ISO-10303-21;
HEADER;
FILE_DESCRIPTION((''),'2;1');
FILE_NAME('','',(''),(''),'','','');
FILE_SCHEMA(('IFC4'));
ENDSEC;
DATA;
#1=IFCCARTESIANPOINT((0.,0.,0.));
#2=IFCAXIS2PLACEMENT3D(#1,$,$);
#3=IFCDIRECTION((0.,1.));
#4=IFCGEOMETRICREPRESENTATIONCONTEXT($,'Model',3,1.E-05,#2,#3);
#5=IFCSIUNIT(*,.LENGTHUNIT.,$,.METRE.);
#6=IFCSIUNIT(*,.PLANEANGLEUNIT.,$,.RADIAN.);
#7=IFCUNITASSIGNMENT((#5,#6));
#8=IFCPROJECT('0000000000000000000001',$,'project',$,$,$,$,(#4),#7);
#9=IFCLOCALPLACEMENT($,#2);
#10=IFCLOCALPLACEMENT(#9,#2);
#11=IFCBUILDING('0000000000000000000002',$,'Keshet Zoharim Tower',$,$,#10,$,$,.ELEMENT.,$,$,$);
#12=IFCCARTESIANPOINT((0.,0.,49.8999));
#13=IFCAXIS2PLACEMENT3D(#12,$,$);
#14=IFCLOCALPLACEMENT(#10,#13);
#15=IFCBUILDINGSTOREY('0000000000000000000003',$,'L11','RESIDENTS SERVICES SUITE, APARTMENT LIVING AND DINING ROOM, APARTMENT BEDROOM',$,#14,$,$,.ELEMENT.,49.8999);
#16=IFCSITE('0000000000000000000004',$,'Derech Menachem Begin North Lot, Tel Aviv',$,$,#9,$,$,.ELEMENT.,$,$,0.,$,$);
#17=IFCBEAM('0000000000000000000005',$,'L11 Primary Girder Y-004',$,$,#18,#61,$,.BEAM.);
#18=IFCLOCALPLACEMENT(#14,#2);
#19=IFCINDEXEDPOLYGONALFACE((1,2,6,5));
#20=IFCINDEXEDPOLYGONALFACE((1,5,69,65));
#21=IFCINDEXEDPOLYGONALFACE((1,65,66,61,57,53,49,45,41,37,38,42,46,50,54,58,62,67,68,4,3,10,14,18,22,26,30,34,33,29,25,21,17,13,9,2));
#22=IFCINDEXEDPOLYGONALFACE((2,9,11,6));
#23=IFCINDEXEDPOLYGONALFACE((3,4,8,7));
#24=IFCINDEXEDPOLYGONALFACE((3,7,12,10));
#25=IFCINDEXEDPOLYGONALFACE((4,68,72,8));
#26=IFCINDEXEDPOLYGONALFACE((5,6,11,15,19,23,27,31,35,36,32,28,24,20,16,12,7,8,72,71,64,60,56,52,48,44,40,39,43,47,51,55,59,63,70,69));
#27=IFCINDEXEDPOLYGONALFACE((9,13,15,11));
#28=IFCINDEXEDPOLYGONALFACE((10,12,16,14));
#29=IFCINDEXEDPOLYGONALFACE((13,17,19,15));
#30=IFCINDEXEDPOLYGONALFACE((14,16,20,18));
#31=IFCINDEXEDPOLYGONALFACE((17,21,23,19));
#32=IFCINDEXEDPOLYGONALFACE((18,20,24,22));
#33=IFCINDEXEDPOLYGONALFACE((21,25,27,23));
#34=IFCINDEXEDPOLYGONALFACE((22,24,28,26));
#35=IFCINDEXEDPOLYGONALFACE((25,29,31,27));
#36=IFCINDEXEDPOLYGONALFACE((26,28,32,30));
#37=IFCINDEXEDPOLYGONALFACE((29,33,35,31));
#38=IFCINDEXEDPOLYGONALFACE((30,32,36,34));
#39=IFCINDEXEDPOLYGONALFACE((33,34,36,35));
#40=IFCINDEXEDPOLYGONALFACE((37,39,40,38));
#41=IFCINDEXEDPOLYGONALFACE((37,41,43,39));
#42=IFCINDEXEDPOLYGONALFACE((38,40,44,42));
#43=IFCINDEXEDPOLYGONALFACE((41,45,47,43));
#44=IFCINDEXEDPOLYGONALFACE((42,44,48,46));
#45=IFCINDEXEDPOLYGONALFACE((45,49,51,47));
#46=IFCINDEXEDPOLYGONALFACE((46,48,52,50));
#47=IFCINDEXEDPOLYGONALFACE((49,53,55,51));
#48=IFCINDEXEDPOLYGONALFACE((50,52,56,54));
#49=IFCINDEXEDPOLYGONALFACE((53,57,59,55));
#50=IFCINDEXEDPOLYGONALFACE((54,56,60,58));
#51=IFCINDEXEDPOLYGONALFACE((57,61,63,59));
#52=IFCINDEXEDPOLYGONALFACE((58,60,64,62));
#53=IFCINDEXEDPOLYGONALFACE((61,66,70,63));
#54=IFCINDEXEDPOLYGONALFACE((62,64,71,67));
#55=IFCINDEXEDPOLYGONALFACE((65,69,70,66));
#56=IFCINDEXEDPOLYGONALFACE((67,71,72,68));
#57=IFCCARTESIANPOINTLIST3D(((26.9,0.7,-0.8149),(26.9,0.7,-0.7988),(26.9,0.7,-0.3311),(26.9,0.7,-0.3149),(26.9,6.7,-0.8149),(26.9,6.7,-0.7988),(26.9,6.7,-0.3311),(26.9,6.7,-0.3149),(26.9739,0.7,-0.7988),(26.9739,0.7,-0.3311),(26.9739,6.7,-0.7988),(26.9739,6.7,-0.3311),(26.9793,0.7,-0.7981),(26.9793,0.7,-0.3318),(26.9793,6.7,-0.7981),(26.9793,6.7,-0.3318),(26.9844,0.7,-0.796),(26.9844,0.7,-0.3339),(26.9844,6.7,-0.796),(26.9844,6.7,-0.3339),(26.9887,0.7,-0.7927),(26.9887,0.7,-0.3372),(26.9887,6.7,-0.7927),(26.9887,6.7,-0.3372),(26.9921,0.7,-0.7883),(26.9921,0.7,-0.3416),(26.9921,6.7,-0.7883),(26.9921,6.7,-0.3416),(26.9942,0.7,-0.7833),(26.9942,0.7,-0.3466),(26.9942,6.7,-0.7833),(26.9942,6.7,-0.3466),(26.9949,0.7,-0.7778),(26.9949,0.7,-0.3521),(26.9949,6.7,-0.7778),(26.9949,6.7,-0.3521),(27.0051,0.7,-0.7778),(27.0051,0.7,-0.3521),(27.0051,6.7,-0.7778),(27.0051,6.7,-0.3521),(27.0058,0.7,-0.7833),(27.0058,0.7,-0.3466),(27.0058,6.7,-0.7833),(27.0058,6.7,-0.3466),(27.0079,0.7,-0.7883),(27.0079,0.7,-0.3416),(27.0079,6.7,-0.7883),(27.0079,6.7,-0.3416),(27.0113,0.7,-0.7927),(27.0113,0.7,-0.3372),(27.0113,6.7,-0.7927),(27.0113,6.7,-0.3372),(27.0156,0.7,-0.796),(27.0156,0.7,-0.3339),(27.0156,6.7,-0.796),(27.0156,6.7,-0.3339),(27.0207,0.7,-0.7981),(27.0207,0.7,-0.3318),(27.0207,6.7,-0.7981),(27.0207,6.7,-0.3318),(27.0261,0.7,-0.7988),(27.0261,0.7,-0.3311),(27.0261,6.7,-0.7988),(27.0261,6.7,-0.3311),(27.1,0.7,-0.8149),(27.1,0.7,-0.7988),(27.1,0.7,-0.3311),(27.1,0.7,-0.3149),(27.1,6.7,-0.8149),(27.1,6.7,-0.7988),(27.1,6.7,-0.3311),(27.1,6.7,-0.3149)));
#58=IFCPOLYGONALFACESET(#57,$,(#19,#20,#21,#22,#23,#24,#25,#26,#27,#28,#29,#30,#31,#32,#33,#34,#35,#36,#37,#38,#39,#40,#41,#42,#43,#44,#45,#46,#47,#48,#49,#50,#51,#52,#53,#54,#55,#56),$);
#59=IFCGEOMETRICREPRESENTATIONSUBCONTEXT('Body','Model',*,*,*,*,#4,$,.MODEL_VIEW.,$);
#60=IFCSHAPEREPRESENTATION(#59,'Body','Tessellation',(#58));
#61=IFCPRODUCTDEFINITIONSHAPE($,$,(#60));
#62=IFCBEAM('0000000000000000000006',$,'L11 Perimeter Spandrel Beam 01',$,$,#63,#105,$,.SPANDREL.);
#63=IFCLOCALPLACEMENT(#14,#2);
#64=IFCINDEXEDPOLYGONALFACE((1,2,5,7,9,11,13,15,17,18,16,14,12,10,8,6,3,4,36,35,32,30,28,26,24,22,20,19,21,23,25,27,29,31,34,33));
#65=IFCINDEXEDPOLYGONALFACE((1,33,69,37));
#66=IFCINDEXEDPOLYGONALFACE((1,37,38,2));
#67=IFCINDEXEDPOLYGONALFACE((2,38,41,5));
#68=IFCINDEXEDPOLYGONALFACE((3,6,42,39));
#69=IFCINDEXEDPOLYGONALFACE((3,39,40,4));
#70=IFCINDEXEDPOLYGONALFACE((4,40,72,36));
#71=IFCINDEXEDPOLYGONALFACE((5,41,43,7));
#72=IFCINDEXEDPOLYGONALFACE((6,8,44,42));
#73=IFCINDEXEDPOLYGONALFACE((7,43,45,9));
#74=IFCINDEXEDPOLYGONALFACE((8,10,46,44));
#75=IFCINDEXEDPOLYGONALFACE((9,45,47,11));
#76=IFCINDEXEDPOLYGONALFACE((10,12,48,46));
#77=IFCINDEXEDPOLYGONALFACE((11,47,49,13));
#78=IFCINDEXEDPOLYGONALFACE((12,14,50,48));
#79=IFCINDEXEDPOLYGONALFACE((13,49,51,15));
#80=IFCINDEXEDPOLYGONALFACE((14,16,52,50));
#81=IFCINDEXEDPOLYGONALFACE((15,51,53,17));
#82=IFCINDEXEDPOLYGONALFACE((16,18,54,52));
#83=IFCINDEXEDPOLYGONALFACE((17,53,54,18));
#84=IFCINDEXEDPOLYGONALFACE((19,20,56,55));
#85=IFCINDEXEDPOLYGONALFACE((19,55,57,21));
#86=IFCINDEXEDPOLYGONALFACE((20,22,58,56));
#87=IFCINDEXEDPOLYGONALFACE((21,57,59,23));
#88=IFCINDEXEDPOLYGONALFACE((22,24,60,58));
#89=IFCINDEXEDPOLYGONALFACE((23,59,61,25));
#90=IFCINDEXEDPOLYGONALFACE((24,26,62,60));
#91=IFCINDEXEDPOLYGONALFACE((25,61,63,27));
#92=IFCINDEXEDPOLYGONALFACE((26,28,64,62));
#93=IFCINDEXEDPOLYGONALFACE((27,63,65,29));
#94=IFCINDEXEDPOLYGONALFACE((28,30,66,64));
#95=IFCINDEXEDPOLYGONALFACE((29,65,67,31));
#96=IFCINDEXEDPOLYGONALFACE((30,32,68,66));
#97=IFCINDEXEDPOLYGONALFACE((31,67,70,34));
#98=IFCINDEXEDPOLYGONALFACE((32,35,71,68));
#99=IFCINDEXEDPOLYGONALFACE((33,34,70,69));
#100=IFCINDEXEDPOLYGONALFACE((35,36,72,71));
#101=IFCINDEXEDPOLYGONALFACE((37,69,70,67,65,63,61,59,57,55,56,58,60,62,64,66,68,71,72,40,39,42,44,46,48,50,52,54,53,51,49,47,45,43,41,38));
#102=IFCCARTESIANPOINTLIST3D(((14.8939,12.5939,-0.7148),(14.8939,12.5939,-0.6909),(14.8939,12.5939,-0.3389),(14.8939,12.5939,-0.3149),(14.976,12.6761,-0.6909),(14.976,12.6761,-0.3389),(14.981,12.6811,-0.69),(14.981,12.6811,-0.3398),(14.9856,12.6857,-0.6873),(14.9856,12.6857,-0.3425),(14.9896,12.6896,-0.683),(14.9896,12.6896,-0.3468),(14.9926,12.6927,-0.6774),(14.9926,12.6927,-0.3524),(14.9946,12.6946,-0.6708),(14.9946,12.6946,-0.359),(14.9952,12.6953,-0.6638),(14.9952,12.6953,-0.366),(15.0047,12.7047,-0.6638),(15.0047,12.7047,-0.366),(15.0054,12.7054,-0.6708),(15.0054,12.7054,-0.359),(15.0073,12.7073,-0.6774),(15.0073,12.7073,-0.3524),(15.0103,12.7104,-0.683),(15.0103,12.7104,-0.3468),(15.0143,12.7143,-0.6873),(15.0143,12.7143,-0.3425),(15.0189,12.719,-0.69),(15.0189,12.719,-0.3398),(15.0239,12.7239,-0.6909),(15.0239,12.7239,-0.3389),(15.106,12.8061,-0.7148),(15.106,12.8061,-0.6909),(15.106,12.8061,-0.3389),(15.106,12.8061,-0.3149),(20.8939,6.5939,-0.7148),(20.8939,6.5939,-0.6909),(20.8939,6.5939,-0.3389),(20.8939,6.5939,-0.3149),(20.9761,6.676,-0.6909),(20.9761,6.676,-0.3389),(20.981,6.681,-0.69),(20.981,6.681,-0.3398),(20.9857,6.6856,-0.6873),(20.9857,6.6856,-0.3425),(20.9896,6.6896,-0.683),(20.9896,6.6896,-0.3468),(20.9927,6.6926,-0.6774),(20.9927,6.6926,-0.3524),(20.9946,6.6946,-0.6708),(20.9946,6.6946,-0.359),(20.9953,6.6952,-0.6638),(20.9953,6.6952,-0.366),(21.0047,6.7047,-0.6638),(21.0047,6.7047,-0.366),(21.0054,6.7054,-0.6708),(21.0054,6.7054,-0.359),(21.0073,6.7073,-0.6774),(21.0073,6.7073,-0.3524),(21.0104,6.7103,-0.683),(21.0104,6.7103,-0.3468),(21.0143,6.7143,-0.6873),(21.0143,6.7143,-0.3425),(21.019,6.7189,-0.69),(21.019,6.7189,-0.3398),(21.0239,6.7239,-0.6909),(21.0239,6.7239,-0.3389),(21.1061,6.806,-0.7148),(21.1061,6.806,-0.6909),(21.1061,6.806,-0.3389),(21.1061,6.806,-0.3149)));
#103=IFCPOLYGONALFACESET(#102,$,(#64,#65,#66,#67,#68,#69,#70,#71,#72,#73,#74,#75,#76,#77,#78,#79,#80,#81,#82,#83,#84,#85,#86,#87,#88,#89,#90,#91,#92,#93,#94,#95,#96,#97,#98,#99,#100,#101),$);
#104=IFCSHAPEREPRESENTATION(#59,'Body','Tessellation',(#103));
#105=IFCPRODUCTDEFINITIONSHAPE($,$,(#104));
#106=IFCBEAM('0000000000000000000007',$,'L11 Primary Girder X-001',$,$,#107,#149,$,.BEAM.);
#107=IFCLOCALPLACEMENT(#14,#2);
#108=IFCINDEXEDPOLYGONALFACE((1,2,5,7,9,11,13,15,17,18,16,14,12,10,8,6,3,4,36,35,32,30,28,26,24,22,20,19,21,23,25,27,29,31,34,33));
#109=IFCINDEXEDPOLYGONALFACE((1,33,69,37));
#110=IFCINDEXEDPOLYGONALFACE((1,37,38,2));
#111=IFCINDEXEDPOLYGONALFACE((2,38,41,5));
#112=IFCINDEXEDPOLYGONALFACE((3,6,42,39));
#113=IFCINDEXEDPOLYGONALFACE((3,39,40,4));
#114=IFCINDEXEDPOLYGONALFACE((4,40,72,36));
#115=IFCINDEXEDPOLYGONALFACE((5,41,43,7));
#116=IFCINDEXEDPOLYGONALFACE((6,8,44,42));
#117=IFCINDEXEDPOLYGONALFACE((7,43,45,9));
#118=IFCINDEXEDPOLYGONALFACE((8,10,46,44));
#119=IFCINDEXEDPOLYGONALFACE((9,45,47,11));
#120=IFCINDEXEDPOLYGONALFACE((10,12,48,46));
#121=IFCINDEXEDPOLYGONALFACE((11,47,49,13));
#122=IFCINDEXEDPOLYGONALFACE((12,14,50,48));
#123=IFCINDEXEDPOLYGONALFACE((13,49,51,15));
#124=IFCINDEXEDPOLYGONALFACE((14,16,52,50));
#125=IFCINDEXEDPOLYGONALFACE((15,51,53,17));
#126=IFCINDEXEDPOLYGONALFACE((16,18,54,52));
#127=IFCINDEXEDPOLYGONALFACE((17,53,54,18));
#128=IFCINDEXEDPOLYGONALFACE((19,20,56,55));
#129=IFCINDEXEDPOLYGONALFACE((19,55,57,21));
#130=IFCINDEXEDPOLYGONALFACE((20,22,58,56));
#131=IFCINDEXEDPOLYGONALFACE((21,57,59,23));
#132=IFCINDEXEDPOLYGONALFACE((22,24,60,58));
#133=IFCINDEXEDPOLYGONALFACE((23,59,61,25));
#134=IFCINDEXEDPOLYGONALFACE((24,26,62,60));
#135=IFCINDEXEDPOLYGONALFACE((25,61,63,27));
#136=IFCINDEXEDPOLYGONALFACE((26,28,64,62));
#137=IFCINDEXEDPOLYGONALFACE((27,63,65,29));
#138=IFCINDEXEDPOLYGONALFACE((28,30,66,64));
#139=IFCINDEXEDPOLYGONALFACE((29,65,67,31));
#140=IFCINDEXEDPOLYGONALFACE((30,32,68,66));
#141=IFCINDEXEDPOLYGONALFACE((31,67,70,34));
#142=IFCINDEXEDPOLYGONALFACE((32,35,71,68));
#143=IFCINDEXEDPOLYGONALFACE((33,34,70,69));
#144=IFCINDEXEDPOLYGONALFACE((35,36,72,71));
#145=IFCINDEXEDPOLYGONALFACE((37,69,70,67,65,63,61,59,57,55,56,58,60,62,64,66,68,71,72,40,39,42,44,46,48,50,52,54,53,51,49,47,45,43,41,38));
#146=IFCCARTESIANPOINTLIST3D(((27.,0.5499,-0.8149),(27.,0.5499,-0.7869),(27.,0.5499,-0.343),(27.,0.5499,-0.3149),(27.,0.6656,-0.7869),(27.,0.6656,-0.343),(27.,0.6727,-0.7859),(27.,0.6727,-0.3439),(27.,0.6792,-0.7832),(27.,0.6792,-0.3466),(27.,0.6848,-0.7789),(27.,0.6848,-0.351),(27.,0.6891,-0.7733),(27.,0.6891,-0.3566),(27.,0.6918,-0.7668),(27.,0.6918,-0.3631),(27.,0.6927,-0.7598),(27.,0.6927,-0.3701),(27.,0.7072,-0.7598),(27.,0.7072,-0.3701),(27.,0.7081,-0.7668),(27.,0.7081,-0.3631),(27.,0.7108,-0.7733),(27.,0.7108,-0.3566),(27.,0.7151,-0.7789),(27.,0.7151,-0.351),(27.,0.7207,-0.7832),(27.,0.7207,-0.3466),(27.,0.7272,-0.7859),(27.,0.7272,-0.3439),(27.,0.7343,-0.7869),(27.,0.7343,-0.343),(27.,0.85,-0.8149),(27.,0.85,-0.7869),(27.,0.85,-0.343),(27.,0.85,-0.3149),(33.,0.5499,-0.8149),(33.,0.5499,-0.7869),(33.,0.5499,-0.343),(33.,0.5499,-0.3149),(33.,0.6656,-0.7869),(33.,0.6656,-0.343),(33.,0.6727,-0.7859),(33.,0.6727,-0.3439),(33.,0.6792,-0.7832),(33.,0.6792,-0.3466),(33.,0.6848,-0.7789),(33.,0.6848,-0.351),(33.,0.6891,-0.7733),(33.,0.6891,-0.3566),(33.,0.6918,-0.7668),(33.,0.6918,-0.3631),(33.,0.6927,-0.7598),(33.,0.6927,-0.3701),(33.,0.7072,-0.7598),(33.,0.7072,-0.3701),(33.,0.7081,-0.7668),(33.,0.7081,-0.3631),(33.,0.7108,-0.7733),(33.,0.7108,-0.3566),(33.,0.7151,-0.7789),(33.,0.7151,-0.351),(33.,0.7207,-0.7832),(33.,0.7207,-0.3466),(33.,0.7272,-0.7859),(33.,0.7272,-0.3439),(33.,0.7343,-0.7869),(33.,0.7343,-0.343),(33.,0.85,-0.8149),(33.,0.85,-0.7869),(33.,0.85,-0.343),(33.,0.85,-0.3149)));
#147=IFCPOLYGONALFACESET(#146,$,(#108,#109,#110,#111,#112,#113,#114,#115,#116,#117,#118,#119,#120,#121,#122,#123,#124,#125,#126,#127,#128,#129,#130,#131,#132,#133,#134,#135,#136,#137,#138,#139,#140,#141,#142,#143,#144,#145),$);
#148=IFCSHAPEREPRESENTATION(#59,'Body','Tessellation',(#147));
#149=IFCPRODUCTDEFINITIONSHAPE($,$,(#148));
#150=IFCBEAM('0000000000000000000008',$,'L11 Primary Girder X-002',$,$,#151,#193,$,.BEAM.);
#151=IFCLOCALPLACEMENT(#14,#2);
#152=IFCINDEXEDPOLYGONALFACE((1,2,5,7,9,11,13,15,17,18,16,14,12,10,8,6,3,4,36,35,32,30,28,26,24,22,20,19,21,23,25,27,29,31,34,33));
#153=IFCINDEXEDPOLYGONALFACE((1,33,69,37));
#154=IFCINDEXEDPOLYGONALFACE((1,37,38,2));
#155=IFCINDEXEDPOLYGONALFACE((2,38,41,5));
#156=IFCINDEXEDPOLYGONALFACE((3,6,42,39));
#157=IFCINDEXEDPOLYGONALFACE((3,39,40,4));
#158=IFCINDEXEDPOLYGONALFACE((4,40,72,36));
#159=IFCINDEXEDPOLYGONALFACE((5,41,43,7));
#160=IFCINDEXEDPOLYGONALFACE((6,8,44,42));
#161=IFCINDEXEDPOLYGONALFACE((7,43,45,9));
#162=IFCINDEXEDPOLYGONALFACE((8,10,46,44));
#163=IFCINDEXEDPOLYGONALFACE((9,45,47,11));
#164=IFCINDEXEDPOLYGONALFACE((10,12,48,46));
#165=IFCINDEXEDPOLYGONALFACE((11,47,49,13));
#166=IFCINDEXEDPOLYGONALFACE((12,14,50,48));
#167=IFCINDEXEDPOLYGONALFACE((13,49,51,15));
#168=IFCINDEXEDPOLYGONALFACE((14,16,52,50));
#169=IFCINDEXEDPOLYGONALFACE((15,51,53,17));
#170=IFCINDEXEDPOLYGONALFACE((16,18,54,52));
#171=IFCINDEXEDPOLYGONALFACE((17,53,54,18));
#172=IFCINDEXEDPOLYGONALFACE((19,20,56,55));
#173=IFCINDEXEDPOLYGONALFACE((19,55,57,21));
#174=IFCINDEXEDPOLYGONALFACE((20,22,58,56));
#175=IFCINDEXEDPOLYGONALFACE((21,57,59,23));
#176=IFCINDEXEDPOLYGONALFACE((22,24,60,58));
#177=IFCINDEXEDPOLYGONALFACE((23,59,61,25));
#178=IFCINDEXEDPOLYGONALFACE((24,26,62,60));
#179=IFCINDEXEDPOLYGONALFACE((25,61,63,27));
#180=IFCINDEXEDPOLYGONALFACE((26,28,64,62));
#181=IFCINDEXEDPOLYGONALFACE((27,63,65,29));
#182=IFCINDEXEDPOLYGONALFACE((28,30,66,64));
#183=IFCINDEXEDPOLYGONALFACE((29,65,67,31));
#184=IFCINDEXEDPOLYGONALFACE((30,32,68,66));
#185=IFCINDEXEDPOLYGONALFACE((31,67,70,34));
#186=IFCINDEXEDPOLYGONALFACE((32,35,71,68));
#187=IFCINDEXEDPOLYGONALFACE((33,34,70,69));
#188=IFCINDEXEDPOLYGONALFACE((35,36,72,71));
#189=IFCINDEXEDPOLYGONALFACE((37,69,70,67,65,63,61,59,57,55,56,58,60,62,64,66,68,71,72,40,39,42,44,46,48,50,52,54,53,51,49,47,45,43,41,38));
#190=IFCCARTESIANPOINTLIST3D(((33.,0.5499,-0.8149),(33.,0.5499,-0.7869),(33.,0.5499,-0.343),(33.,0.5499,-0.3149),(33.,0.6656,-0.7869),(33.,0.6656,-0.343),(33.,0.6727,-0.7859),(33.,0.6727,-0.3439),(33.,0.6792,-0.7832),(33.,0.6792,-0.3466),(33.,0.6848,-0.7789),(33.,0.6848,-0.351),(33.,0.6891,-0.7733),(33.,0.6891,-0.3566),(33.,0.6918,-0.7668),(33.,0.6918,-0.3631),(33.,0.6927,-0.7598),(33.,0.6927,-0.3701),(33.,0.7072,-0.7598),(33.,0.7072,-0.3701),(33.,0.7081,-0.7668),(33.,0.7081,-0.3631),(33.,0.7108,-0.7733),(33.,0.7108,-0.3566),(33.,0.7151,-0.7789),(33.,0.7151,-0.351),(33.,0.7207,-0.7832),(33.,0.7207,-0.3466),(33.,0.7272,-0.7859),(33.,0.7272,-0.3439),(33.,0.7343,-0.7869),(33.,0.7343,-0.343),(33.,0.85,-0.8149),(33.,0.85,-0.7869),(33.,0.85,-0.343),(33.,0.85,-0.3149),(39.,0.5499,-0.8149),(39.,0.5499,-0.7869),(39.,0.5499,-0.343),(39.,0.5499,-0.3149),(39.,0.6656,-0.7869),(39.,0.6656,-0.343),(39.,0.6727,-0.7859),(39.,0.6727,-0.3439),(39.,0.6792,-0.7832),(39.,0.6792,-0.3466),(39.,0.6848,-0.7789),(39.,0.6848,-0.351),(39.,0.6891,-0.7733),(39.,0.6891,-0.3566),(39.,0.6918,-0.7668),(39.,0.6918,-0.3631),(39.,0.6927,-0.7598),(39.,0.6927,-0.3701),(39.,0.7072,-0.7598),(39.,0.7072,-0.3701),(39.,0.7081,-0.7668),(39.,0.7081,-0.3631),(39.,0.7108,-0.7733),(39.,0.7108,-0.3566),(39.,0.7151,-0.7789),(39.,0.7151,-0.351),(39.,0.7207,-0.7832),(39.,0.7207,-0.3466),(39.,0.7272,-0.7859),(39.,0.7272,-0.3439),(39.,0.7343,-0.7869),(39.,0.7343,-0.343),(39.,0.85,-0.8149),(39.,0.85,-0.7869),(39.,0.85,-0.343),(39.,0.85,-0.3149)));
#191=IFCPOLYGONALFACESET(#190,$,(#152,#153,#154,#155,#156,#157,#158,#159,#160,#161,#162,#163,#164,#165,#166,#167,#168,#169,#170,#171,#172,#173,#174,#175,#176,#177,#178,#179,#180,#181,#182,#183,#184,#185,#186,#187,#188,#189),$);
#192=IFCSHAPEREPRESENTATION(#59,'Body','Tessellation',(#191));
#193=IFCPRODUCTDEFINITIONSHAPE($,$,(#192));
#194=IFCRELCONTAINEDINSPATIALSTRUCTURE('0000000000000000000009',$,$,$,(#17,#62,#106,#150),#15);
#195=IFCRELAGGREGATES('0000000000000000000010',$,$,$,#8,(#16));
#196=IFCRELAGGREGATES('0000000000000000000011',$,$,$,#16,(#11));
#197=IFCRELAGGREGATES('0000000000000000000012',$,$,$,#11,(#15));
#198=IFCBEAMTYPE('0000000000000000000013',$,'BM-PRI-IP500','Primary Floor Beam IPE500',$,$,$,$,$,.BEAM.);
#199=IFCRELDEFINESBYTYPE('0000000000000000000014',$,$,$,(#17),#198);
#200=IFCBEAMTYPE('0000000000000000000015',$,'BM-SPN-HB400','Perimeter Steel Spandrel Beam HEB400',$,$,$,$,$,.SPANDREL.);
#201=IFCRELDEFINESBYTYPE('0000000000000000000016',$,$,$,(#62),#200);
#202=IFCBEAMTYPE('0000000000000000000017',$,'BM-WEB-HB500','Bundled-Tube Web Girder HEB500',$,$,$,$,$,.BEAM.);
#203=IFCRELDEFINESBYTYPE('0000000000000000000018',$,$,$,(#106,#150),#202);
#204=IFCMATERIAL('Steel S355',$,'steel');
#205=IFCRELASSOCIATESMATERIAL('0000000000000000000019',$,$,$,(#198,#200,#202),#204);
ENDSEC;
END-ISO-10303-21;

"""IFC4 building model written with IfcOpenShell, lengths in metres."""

from ifc_helpers import new_model, si_unit, direction, frame, origin, origin_2d, place, context, subcontext, project, spatial, i_section, extrude, material, material_profile, profile_set, type_object, element, save


model = new_model("IFC4")

# Units and contexts
model_context = context("Model", 3, precision=1e-05, world=origin(), true_north=direction((0.0, 1.0)))
body_context = subcontext(model_context, "Body", "Model", "MODEL_VIEW")
ifc_project = project(units=[si_unit("LENGTHUNIT", "METRE"), si_unit("PLANEANGLEUNIT", "RADIAN")], contexts=[model_context])

# Site, building, storey
site_placement = place(None, origin())
site = spatial("IfcSite", under=ifc_project, at=site_placement, Name="Derech Menachem Begin North Lot, Tel Aviv", CompositionType="ELEMENT", RefElevation=0.0)
building_placement = place(site_placement, origin())
building = spatial("IfcBuilding", under=site, at=building_placement, Name="Keshet Zoharim Tower", CompositionType="ELEMENT")
storey_placement = place(building_placement, frame((0.0, 0.0, 49.8999)))
storey = spatial("IfcBuildingStorey", under=building, at=storey_placement, Name="L11", Description="RESIDENTS SERVICES SUITE, APARTMENT LIVING AND DINING ROOM, APARTMENT BEDROOM", CompositionType="ELEMENT", Elevation=49.8999)

# Shared definitions
ifc_material_1 = material(Name="Steel S355", Category="steel")

# Beams
ifc_material_profile_1 = material_profile(ifc_material_1, i_section(OverallWidth=0.2, OverallDepth=0.5, WebThickness=0.0103, FlangeThickness=0.0161, FilletRadius=0.021, at=origin_2d()), Name="IPE500")
ifc_profile_set_1 = profile_set([ifc_material_profile_1], Name="Steel S355")
beam_type_1 = type_object("IfcBeamType", Name="BM-PRI-IP500", Description="Primary Floor Beam IPE500", PredefinedType="BEAM", material=ifc_profile_set_1)
beam_1_placement = place(storey_placement, frame((27.0, 0.7, -0.5649), z_axis=(0.0, 1.0, 0.0), x_axis=(-1.0, 0.0, 0.0)))
element("IfcBeam", 1, at=beam_1_placement, inside=storey, type_object=beam_type_1, Name="L11 Primary Girder Y-004", PredefinedType="BEAM", context=body_context, shape_type="SweptSolid", body=[
    extrude(i_section(OverallWidth=0.2, OverallDepth=0.5, WebThickness=0.0103, FlangeThickness=0.0161, FilletRadius=0.021, at=origin_2d()), origin(), (0.0, 0.0, 1.0), 6.0),
])
ifc_material_profile_2 = material_profile(ifc_material_1, i_section(OverallWidth=0.3, OverallDepth=0.3999, WebThickness=0.0134, FlangeThickness=0.0239, FilletRadius=0.0271, at=origin_2d()), Name="HEB400")
ifc_profile_set_2 = profile_set([ifc_material_profile_2], Name="Steel S355")
beam_type_2 = type_object("IfcBeamType", Name="BM-SPN-HB400", Description="Perimeter Steel Spandrel Beam HEB400", PredefinedType="SPANDREL", material=ifc_profile_set_2)
beam_2_placement = place(storey_placement, frame((21.0, 6.7, -0.5149), z_axis=(-0.707107, 0.707107, 0.0), x_axis=(-0.707107, -0.707107, 0.0)))
element("IfcBeam", 2, at=beam_2_placement, inside=storey, type_object=beam_type_2, Name="L11 Perimeter Spandrel Beam 01", PredefinedType="SPANDREL", context=body_context, shape_type="SweptSolid", body=[
    extrude(i_section(OverallWidth=0.3, OverallDepth=0.3999, WebThickness=0.0134, FlangeThickness=0.0239, FilletRadius=0.0271, at=origin_2d()), origin(), (0.0, 0.0, 1.0), 8.4854),
])
ifc_material_profile_3 = material_profile(ifc_material_1, i_section(OverallWidth=0.3, OverallDepth=0.5, WebThickness=0.0144, FlangeThickness=0.0281, FilletRadius=0.0271, at=origin_2d()), Name="HEB500")
ifc_profile_set_3 = profile_set([ifc_material_profile_3], Name="Steel S355")
beam_type_3 = type_object("IfcBeamType", Name="BM-WEB-HB500", Description="Bundled-Tube Web Girder HEB500", PredefinedType="BEAM", material=ifc_profile_set_3)
for number, where, z_axis, x_axis, name in (
    (3, (27.0, 0.7, -0.5649), (1.0, 0.0, 0.0), (0.0, 1.0, 0.0), "L11 Primary Girder X-001"),
    (4, (33.0, 0.7, -0.5649), (1.0, 0.0, 0.0), (0.0, 1.0, 0.0), "L11 Primary Girder X-002"),
):
    element("IfcBeam", number, at=place(storey_placement, frame(where, z_axis=z_axis, x_axis=x_axis)), inside=storey, type_object=beam_type_3, Name=name, PredefinedType="BEAM", context=body_context, shape_type="SweptSolid", body=[
        extrude(i_section(OverallWidth=0.3, OverallDepth=0.5, WebThickness=0.0144, FlangeThickness=0.0281, FilletRadius=0.0271, at=origin_2d()), origin(), (0.0, 0.0, 1.0), 6.0),
    ])

save(model, "model.ifc")
